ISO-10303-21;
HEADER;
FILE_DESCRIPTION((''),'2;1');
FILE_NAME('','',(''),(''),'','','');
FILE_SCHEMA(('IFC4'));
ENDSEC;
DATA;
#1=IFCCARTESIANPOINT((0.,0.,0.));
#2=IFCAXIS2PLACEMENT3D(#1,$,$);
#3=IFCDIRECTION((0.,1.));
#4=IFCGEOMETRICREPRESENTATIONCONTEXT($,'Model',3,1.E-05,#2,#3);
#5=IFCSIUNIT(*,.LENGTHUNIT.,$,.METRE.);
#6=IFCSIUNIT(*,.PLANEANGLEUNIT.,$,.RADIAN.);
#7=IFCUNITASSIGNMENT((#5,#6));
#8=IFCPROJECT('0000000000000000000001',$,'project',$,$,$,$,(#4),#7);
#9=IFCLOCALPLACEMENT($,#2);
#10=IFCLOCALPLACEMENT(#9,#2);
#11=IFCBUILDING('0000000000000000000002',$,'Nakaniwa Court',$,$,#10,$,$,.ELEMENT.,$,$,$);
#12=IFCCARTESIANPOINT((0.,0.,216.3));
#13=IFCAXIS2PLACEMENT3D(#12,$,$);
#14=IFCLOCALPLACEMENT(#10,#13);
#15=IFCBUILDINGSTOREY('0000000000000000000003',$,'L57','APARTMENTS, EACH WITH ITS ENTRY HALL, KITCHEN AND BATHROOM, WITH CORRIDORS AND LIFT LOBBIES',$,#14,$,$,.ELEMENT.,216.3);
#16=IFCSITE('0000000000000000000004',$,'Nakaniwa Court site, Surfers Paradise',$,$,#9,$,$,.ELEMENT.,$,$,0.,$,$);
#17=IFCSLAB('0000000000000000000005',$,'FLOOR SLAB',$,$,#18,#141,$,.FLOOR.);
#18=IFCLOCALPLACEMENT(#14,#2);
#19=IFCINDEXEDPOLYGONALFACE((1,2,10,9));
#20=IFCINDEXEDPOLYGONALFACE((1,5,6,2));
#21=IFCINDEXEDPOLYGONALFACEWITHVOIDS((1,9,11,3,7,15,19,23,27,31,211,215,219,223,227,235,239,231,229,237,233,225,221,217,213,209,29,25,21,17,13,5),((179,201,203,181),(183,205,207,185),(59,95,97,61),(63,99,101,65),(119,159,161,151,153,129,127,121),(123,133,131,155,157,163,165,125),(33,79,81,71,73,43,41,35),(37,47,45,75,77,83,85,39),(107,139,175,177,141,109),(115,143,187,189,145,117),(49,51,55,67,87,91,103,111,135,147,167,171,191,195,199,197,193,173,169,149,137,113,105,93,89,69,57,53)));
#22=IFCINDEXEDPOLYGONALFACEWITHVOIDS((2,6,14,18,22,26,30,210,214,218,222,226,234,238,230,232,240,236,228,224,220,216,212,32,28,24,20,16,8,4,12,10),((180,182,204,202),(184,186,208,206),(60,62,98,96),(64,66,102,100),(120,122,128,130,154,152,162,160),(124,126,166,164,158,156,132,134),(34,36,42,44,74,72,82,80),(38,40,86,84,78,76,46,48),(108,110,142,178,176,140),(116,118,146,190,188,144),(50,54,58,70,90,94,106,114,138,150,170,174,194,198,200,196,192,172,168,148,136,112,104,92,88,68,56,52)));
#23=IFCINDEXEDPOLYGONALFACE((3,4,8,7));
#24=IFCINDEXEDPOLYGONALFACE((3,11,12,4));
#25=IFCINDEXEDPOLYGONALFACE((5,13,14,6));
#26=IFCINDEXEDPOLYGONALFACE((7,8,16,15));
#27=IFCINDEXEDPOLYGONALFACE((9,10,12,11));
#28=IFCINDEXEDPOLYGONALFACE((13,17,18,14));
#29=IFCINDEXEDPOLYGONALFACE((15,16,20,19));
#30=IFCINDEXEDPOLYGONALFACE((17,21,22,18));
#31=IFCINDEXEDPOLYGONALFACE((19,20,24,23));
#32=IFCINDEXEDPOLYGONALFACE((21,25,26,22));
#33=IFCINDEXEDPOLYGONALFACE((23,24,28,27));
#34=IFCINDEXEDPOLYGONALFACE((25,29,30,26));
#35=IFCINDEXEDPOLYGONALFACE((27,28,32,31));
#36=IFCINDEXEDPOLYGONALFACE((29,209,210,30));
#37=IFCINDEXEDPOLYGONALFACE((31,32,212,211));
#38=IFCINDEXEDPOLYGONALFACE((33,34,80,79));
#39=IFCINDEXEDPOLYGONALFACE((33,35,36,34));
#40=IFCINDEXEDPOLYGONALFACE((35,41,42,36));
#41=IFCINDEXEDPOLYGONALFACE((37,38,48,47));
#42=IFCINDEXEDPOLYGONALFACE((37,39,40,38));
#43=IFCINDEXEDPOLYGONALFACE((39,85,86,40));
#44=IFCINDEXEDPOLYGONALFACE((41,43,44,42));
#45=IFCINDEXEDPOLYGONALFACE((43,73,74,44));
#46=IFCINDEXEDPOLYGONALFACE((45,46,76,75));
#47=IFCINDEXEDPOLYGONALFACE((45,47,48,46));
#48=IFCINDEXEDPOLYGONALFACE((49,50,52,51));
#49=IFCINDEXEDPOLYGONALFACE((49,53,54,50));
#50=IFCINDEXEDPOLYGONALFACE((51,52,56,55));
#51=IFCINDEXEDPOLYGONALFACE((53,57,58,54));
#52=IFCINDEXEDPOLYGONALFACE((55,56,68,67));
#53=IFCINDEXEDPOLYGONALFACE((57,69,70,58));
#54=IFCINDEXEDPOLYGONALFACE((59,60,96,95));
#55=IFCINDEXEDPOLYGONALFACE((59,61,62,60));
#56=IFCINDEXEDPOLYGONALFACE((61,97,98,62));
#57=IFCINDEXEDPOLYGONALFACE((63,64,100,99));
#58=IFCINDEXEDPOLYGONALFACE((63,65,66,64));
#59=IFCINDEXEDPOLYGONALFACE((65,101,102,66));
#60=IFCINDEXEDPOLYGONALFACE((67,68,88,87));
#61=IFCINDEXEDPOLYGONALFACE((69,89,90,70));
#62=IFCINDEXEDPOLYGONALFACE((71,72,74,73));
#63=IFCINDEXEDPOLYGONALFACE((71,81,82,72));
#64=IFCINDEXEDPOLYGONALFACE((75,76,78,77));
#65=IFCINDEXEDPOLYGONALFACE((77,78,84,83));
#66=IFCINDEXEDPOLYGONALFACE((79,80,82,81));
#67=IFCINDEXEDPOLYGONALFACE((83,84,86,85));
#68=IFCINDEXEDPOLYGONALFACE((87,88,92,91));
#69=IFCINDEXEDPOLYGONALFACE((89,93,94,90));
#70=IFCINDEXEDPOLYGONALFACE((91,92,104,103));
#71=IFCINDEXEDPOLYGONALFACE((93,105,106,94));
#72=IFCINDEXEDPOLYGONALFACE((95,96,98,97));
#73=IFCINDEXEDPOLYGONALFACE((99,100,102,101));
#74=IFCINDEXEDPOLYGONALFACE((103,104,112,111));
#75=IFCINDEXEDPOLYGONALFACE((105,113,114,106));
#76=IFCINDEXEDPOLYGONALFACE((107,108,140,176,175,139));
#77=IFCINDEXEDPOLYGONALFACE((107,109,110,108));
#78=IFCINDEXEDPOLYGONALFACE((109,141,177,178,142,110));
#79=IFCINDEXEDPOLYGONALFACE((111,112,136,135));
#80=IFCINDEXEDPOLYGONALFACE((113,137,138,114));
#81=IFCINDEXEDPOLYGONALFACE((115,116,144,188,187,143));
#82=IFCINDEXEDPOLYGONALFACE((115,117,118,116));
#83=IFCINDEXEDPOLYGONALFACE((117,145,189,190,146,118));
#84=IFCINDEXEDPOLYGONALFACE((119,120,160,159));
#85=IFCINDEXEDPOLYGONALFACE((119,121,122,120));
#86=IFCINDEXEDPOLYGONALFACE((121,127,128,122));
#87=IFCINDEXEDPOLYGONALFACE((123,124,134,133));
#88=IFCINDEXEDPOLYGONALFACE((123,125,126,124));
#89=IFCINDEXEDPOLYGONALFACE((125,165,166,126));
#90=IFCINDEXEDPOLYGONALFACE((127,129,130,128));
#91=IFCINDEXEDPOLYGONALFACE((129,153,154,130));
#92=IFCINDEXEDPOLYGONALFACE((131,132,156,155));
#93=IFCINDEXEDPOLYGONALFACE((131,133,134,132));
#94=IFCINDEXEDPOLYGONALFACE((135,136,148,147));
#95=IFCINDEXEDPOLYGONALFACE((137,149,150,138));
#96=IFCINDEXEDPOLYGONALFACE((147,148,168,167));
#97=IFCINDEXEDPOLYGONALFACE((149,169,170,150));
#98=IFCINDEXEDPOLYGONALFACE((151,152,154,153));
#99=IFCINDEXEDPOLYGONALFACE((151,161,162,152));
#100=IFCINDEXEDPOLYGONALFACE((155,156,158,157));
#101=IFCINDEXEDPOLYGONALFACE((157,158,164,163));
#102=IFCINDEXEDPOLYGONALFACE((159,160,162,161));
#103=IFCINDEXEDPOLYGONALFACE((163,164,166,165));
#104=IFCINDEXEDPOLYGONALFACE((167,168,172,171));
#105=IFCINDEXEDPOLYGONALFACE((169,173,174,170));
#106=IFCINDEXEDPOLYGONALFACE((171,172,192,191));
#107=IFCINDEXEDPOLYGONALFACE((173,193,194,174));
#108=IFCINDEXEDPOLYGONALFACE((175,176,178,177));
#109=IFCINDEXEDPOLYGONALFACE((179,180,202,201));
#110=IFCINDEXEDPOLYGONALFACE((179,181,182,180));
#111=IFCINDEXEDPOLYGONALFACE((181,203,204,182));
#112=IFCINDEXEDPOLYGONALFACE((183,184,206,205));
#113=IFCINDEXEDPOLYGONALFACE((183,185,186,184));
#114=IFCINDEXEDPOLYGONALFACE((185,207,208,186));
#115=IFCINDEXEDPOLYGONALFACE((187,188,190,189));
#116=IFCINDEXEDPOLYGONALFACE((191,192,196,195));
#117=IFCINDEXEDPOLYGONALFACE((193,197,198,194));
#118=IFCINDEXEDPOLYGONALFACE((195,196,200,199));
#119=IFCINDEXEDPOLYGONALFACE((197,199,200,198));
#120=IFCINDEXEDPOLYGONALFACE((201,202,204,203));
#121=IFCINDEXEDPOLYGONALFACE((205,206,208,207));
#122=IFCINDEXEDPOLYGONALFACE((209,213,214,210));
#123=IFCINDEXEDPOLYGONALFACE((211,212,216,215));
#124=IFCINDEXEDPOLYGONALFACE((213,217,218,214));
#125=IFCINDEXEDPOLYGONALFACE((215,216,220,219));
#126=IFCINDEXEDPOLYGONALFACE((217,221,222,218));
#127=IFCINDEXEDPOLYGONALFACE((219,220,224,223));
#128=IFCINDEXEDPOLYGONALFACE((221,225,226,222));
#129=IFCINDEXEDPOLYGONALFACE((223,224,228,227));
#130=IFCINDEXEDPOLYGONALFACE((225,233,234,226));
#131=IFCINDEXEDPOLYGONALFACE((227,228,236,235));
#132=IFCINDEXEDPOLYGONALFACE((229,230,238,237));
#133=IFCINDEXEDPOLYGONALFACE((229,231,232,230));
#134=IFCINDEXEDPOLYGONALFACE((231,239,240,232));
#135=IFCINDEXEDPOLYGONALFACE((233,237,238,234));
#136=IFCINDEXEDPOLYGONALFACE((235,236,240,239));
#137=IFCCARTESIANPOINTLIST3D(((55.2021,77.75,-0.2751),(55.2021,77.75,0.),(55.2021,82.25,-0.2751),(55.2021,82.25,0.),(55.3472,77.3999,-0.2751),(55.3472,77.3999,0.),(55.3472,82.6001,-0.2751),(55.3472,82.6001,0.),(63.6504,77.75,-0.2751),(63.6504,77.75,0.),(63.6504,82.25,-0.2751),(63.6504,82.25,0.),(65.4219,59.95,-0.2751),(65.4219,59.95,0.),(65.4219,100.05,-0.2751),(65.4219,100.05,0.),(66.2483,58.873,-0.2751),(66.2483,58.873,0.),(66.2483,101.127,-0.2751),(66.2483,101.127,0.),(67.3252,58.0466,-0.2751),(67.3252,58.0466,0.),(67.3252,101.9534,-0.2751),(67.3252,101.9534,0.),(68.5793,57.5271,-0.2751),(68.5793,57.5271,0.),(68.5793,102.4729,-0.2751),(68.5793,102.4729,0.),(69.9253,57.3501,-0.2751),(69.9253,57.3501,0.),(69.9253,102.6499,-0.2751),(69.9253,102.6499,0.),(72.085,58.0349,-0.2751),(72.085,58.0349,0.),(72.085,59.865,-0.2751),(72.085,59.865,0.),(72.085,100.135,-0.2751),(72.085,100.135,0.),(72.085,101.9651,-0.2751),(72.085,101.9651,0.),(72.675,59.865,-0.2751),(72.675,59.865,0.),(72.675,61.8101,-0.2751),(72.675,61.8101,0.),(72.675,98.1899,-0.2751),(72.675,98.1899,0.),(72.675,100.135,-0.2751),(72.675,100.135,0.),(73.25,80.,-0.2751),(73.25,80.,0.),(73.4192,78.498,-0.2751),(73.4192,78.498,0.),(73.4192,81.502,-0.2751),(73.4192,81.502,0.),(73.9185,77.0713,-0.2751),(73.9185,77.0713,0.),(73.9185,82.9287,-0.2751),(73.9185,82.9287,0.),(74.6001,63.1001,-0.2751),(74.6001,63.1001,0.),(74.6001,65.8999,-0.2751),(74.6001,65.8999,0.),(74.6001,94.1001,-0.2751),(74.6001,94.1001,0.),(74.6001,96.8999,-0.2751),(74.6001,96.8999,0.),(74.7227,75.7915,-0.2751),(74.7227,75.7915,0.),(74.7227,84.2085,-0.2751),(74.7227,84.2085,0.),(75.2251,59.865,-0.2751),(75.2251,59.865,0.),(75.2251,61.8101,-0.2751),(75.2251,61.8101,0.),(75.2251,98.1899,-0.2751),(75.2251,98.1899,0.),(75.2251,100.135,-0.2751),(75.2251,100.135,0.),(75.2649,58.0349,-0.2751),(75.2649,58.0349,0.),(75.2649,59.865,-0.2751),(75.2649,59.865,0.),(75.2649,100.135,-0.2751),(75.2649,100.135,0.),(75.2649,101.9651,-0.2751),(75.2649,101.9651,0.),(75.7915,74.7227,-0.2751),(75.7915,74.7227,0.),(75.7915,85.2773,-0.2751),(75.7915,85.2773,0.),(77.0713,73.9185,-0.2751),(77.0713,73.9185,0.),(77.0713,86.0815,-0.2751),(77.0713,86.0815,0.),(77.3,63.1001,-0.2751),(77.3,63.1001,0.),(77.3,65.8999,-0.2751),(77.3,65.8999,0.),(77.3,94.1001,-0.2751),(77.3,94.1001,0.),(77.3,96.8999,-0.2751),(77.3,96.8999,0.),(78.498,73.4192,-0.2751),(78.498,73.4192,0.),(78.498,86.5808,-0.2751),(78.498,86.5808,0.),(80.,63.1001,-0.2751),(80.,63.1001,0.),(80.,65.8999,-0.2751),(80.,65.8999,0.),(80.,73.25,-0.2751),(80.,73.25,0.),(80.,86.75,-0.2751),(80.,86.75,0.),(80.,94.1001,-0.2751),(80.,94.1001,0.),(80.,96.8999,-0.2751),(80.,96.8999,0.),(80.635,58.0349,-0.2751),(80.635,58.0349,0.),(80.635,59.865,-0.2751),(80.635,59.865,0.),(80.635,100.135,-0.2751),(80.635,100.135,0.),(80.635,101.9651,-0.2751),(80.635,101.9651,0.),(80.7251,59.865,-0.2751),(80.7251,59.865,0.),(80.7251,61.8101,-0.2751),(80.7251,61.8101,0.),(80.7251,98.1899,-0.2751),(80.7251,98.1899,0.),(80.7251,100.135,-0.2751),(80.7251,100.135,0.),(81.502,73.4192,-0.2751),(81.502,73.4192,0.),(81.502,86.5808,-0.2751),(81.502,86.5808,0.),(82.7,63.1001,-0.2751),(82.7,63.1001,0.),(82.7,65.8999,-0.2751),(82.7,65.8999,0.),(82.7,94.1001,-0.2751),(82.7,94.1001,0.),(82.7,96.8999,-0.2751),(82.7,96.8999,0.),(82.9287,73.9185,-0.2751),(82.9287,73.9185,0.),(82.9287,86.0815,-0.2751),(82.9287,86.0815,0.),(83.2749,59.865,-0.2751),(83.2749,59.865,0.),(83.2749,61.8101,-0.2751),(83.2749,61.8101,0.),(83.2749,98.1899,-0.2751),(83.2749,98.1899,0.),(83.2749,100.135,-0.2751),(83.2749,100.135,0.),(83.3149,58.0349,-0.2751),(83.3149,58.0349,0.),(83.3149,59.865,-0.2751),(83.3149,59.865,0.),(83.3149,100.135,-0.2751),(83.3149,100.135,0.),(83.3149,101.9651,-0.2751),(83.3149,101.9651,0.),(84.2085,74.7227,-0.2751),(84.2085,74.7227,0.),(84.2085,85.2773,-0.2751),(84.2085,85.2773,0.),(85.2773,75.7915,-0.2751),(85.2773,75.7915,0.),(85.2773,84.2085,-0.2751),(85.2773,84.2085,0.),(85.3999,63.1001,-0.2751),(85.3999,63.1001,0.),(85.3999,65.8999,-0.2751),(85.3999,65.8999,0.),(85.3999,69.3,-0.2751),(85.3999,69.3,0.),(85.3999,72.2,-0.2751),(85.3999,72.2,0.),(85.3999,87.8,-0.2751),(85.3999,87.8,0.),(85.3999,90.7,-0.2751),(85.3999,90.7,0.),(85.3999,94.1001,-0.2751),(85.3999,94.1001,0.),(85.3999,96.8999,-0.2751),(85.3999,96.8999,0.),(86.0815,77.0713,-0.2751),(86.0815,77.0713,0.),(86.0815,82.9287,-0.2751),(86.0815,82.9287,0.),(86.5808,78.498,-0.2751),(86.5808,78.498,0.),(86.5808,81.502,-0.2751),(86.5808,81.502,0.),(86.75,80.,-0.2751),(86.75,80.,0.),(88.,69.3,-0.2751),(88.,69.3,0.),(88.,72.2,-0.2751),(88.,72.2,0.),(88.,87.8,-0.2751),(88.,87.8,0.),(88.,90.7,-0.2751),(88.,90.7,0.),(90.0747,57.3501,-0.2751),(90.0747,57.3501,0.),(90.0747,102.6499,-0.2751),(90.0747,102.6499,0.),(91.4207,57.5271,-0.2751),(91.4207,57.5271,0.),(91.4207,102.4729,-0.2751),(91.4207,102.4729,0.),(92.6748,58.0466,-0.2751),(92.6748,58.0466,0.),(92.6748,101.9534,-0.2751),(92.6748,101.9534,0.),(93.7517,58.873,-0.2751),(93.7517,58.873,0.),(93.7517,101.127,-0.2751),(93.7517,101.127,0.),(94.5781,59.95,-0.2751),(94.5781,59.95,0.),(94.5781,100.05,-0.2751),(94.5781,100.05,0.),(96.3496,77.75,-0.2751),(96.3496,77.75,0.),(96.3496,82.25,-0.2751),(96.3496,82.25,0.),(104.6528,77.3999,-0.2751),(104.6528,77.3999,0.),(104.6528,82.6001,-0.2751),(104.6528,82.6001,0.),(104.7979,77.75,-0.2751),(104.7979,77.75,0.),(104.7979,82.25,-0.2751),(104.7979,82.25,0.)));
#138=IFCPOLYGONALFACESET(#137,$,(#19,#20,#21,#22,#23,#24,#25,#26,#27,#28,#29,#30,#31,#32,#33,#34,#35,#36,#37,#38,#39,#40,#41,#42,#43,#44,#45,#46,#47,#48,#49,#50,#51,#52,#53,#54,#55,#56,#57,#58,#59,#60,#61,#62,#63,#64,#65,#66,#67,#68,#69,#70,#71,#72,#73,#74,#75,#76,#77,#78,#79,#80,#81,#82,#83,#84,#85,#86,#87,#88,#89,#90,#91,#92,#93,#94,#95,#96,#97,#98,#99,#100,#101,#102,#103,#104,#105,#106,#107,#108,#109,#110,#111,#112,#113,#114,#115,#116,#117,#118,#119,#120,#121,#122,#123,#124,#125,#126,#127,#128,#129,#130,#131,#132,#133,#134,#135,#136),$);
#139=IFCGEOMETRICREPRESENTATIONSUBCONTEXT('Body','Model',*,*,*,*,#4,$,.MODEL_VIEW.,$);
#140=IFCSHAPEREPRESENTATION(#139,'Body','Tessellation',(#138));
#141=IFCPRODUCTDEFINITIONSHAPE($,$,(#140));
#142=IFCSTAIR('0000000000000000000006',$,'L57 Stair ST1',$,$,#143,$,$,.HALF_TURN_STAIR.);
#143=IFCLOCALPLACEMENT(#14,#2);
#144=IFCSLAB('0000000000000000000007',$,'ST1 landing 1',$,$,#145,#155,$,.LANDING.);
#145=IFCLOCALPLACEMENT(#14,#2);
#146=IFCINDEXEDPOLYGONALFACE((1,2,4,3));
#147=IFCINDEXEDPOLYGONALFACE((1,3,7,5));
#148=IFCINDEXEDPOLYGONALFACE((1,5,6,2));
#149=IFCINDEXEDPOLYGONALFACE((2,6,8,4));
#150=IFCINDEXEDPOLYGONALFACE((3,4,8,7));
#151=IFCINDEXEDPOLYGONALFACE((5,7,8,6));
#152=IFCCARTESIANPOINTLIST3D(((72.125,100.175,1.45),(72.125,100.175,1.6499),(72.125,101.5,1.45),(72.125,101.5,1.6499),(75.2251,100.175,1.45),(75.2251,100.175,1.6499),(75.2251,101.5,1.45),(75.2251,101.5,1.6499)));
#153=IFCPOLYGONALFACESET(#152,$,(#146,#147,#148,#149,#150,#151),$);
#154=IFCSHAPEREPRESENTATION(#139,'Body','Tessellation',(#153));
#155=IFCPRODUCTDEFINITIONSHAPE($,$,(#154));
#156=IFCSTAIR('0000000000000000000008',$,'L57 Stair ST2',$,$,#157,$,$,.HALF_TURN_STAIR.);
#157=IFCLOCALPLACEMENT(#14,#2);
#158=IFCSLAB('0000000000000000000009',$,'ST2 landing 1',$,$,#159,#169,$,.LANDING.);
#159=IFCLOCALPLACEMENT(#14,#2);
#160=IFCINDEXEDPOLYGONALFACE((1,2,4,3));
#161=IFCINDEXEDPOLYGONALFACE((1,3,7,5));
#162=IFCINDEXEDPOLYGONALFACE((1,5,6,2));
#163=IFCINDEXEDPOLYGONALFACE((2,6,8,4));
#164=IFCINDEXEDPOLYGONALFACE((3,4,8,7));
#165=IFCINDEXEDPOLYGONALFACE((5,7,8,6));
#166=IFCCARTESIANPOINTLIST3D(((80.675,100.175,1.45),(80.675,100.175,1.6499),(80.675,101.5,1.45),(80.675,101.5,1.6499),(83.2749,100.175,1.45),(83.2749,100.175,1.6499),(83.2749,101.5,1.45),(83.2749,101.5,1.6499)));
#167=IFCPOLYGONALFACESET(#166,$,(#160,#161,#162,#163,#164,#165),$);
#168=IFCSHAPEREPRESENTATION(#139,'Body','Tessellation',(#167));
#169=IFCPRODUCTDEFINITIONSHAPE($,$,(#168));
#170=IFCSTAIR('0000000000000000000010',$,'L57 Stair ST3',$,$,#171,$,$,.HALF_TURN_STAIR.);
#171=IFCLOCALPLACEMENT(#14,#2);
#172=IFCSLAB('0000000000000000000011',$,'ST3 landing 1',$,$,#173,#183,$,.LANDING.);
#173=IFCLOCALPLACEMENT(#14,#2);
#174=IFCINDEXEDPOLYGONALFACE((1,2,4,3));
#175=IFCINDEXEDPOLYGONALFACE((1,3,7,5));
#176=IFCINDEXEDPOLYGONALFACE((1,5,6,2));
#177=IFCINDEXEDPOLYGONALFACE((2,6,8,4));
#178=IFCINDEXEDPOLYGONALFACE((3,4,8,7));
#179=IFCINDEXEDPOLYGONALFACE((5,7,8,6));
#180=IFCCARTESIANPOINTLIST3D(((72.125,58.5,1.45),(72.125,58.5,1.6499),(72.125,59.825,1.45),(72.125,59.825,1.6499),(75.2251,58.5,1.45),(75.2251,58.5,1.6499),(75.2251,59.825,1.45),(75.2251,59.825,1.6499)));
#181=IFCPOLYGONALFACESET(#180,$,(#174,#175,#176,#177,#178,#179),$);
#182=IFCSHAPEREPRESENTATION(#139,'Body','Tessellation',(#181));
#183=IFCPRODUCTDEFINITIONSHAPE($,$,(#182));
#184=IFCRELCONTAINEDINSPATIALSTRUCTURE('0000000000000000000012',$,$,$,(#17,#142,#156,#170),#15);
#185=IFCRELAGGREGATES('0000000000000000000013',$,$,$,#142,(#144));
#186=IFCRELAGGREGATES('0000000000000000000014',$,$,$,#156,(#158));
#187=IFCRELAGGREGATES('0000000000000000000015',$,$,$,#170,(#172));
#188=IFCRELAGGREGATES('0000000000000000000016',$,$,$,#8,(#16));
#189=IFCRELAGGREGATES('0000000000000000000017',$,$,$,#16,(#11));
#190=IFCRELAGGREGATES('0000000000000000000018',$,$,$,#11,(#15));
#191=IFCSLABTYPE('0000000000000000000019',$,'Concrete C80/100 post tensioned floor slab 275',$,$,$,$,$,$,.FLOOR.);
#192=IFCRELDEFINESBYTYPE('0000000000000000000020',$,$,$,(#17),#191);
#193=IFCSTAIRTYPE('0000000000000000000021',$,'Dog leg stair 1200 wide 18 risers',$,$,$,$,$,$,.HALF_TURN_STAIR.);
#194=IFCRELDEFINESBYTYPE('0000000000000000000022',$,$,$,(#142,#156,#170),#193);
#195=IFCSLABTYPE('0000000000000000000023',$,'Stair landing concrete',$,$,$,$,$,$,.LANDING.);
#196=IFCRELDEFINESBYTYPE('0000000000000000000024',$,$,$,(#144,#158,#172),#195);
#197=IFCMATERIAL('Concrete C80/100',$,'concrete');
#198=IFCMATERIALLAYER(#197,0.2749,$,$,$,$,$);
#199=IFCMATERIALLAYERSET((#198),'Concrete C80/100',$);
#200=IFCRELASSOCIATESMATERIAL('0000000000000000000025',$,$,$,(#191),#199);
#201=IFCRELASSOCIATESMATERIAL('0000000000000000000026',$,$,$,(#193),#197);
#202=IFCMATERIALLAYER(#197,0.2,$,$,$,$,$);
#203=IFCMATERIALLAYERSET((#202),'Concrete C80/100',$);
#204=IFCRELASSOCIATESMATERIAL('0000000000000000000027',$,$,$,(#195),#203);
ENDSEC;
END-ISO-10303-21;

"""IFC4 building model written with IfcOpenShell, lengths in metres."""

from ifc_helpers import new_model, si_unit, direction, frame, origin, place, context, subcontext, project, spatial, polyline, outline, extrude, material, layer, layer_set, type_object, element, aggregate, save


model = new_model("IFC4")

# Units and contexts
model_context = context("Model", 3, precision=1e-05, world=origin(), true_north=direction((0.0, 1.0)))
body_context = subcontext(model_context, "Body", "Model", "MODEL_VIEW")
ifc_project = project(units=[si_unit("LENGTHUNIT", "METRE"), si_unit("PLANEANGLEUNIT", "RADIAN")], contexts=[model_context])

# Site, building, storey
site_placement = place(None, origin())
site = spatial("IfcSite", under=ifc_project, at=site_placement, Name="Nakaniwa Court site, Surfers Paradise", CompositionType="ELEMENT", RefElevation=0.0)
building_placement = place(site_placement, origin())
building = spatial("IfcBuilding", under=site, at=building_placement, Name="Nakaniwa Court", CompositionType="ELEMENT")
storey_placement = place(building_placement, frame((0.0, 0.0, 216.3)))
storey = spatial("IfcBuildingStorey", under=building, at=storey_placement, Name="L57", Description="APARTMENTS, EACH WITH ITS ENTRY HALL, KITCHEN AND BATHROOM, WITH CORRIDORS AND LIFT LOBBIES", CompositionType="ELEMENT", Elevation=216.3)

# Shared definitions
ifc_material_1 = material(Name="Concrete C80/100", Category="concrete")

# Slab
ifc_layer_1 = layer(ifc_material_1, 0.2749)
ifc_layer_set_1 = layer_set([ifc_layer_1], Name="Concrete C80/100")
slab_type_1 = type_object("IfcSlabType", Name="Concrete C80/100 post tensioned floor slab 275", PredefinedType="FLOOR", material=ifc_layer_set_1)
slab_1_placement = place(storey_placement, frame((0.0, 0.0, -0.2751)))
element("IfcSlab", 1, at=slab_1_placement, inside=storey, type_object=slab_type_1, Name="FLOOR SLAB", PredefinedType="FLOOR", context=body_context, shape_type="SweptSolid", body=[
    extrude(outline(polyline([(96.3496, 82.25), (104.7979, 82.25), (104.6528, 82.6001), (94.5781, 100.05), (93.7517, 101.127), (92.6748, 101.9534), (91.4207, 102.4729), (90.0747, 102.6499), (69.9253, 102.6499), (68.5793, 102.4729), (67.3252, 101.9534), (66.2483, 101.127), (65.4219, 100.05), (55.3472, 82.6001), (55.2021, 82.25), (63.6504, 82.25), (63.6504, 77.75), (55.2021, 77.75), (55.3472, 77.3999), (65.4219, 59.95), (66.2483, 58.873), (67.3252, 58.0466), (68.5793, 57.5271), (69.9253, 57.3501), (90.0747, 57.3501), (91.4207, 57.5271), (92.6748, 58.0466), (93.7517, 58.873), (94.5781, 59.95), (104.6528, 77.3999), (104.7979, 77.75), (96.3496, 77.75), (96.3496, 82.25)]), holes=[polyline([(81.502, 86.5808), (80.0, 86.75), (78.498, 86.5808), (77.0713, 86.0815), (75.7915, 85.2773), (74.7227, 84.2085), (73.9185, 82.9287), (73.4192, 81.502), (73.25, 80.0), (73.4192, 78.498), (73.9185, 77.0713), (74.7227, 75.7915), (75.7915, 74.7227), (77.0713, 73.9185), (78.498, 73.4192), (80.0, 73.25), (81.502, 73.4192), (82.9287, 73.9185), (84.2085, 74.7227), (85.2773, 75.7915), (86.0815, 77.0713), (86.5808, 78.498), (86.75, 80.0), (86.5808, 81.502), (86.0815, 82.9287), (85.2773, 84.2085), (84.2085, 85.2773), (82.9287, 86.0815), (81.502, 86.5808)]), polyline([(72.675, 61.8101), (72.675, 59.865), (72.085, 59.865), (72.085, 58.0349), (75.2649, 58.0349), (75.2649, 59.865), (75.2251, 59.865), (75.2251, 61.8101), (72.675, 61.8101)]), polyline([(77.3, 65.8999), (74.6001, 65.8999), (74.6001, 63.1001), (77.3, 63.1001), (77.3, 65.8999)]), polyline([(80.0, 65.8999), (80.0, 63.1001), (82.7, 63.1001), (85.3999, 63.1001), (85.3999, 65.8999), (82.7, 65.8999), (80.0, 65.8999)]), polyline([(77.3, 96.8999), (74.6001, 96.8999), (74.6001, 94.1001), (77.3, 94.1001), (77.3, 96.8999)]), polyline([(80.0, 96.8999), (80.0, 94.1001), (82.7, 94.1001), (85.3999, 94.1001), (85.3999, 96.8999), (82.7, 96.8999), (80.0, 96.8999)]), polyline([(75.2649, 100.135), (75.2649, 101.9651), (72.085, 101.9651), (72.085, 100.135), (72.675, 100.135), (72.675, 98.1899), (75.2251, 98.1899), (75.2251, 100.135), (75.2649, 100.135)]), polyline([(83.2749, 61.8101), (80.7251, 61.8101), (80.7251, 59.865), (80.635, 59.865), (80.635, 58.0349), (83.3149, 58.0349), (83.3149, 59.865), (83.2749, 59.865), (83.2749, 61.8101)]), polyline([(88.0, 72.2), (85.3999, 72.2), (85.3999, 69.3), (88.0, 69.3), (88.0, 72.2)]), polyline([(88.0, 90.7), (85.3999, 90.7), (85.3999, 87.8), (88.0, 87.8), (88.0, 90.7)]), polyline([(83.3149, 100.135), (83.3149, 101.9651), (80.635, 101.9651), (80.635, 100.135), (80.7251, 100.135), (80.7251, 98.1899), (83.2749, 98.1899), (83.2749, 100.135), (83.3149, 100.135)])]), origin(), (0.0, 0.0, 1.0), 0.2751),
])

# Stairs, slabs
stair_type = type_object("IfcStairType", Name="Dog leg stair 1200 wide 18 risers", PredefinedType="HALF_TURN_STAIR", material=ifc_material_1)
stair_1_placement = place(storey_placement, origin())
stair_1 = element("IfcStair", 2, at=stair_1_placement, inside=storey, type_object=stair_type, Name="L57 Stair ST1", PredefinedType="HALF_TURN_STAIR")
ifc_layer_2 = layer(ifc_material_1, 0.2)
ifc_layer_set_2 = layer_set([ifc_layer_2], Name="Concrete C80/100")
slab_type_2 = type_object("IfcSlabType", Name="Stair landing concrete", PredefinedType="LANDING", material=ifc_layer_set_2)
slab_2_placement = place(storey_placement, frame((0.0, 0.0, 1.45)))
slab_2 = element("IfcSlab", 3, at=slab_2_placement, type_object=slab_type_2, Name="ST1 landing 1", PredefinedType="LANDING", context=body_context, shape_type="SweptSolid", body=[
    extrude(outline(polyline([(75.2251, 100.175), (75.2251, 101.5), (72.125, 101.5), (72.125, 100.175), (75.2251, 100.175)])), origin(), (0.0, 0.0, 1.0), 0.2),
])
aggregate(stair_1, [slab_2])
stair_2_placement = place(storey_placement, origin())
stair_2 = element("IfcStair", 4, at=stair_2_placement, inside=storey, type_object=stair_type, Name="L57 Stair ST2", PredefinedType="HALF_TURN_STAIR")
slab_3_placement = place(storey_placement, frame((0.0, 0.0, 1.45)))
slab_3 = element("IfcSlab", 5, at=slab_3_placement, type_object=slab_type_2, Name="ST2 landing 1", PredefinedType="LANDING", context=body_context, shape_type="SweptSolid", body=[
    extrude(outline(polyline([(83.2749, 100.175), (83.2749, 101.5), (80.675, 101.5), (80.675, 100.175), (83.2749, 100.175)])), origin(), (0.0, 0.0, 1.0), 0.2),
])
aggregate(stair_2, [slab_3])
stair_3_placement = place(storey_placement, origin())
stair_3 = element("IfcStair", 6, at=stair_3_placement, inside=storey, type_object=stair_type, Name="L57 Stair ST3", PredefinedType="HALF_TURN_STAIR")
slab_4_placement = place(storey_placement, frame((0.0, 0.0, 1.45)))
slab_4 = element("IfcSlab", 7, at=slab_4_placement, type_object=slab_type_2, Name="ST3 landing 1", PredefinedType="LANDING", context=body_context, shape_type="SweptSolid", body=[
    extrude(outline(polyline([(75.2251, 58.5), (75.2251, 59.825), (72.125, 59.825), (72.125, 58.5), (75.2251, 58.5)])), origin(), (0.0, 0.0, 1.0), 0.2),
])
aggregate(stair_3, [slab_4])

save(model, "model.ifc")
